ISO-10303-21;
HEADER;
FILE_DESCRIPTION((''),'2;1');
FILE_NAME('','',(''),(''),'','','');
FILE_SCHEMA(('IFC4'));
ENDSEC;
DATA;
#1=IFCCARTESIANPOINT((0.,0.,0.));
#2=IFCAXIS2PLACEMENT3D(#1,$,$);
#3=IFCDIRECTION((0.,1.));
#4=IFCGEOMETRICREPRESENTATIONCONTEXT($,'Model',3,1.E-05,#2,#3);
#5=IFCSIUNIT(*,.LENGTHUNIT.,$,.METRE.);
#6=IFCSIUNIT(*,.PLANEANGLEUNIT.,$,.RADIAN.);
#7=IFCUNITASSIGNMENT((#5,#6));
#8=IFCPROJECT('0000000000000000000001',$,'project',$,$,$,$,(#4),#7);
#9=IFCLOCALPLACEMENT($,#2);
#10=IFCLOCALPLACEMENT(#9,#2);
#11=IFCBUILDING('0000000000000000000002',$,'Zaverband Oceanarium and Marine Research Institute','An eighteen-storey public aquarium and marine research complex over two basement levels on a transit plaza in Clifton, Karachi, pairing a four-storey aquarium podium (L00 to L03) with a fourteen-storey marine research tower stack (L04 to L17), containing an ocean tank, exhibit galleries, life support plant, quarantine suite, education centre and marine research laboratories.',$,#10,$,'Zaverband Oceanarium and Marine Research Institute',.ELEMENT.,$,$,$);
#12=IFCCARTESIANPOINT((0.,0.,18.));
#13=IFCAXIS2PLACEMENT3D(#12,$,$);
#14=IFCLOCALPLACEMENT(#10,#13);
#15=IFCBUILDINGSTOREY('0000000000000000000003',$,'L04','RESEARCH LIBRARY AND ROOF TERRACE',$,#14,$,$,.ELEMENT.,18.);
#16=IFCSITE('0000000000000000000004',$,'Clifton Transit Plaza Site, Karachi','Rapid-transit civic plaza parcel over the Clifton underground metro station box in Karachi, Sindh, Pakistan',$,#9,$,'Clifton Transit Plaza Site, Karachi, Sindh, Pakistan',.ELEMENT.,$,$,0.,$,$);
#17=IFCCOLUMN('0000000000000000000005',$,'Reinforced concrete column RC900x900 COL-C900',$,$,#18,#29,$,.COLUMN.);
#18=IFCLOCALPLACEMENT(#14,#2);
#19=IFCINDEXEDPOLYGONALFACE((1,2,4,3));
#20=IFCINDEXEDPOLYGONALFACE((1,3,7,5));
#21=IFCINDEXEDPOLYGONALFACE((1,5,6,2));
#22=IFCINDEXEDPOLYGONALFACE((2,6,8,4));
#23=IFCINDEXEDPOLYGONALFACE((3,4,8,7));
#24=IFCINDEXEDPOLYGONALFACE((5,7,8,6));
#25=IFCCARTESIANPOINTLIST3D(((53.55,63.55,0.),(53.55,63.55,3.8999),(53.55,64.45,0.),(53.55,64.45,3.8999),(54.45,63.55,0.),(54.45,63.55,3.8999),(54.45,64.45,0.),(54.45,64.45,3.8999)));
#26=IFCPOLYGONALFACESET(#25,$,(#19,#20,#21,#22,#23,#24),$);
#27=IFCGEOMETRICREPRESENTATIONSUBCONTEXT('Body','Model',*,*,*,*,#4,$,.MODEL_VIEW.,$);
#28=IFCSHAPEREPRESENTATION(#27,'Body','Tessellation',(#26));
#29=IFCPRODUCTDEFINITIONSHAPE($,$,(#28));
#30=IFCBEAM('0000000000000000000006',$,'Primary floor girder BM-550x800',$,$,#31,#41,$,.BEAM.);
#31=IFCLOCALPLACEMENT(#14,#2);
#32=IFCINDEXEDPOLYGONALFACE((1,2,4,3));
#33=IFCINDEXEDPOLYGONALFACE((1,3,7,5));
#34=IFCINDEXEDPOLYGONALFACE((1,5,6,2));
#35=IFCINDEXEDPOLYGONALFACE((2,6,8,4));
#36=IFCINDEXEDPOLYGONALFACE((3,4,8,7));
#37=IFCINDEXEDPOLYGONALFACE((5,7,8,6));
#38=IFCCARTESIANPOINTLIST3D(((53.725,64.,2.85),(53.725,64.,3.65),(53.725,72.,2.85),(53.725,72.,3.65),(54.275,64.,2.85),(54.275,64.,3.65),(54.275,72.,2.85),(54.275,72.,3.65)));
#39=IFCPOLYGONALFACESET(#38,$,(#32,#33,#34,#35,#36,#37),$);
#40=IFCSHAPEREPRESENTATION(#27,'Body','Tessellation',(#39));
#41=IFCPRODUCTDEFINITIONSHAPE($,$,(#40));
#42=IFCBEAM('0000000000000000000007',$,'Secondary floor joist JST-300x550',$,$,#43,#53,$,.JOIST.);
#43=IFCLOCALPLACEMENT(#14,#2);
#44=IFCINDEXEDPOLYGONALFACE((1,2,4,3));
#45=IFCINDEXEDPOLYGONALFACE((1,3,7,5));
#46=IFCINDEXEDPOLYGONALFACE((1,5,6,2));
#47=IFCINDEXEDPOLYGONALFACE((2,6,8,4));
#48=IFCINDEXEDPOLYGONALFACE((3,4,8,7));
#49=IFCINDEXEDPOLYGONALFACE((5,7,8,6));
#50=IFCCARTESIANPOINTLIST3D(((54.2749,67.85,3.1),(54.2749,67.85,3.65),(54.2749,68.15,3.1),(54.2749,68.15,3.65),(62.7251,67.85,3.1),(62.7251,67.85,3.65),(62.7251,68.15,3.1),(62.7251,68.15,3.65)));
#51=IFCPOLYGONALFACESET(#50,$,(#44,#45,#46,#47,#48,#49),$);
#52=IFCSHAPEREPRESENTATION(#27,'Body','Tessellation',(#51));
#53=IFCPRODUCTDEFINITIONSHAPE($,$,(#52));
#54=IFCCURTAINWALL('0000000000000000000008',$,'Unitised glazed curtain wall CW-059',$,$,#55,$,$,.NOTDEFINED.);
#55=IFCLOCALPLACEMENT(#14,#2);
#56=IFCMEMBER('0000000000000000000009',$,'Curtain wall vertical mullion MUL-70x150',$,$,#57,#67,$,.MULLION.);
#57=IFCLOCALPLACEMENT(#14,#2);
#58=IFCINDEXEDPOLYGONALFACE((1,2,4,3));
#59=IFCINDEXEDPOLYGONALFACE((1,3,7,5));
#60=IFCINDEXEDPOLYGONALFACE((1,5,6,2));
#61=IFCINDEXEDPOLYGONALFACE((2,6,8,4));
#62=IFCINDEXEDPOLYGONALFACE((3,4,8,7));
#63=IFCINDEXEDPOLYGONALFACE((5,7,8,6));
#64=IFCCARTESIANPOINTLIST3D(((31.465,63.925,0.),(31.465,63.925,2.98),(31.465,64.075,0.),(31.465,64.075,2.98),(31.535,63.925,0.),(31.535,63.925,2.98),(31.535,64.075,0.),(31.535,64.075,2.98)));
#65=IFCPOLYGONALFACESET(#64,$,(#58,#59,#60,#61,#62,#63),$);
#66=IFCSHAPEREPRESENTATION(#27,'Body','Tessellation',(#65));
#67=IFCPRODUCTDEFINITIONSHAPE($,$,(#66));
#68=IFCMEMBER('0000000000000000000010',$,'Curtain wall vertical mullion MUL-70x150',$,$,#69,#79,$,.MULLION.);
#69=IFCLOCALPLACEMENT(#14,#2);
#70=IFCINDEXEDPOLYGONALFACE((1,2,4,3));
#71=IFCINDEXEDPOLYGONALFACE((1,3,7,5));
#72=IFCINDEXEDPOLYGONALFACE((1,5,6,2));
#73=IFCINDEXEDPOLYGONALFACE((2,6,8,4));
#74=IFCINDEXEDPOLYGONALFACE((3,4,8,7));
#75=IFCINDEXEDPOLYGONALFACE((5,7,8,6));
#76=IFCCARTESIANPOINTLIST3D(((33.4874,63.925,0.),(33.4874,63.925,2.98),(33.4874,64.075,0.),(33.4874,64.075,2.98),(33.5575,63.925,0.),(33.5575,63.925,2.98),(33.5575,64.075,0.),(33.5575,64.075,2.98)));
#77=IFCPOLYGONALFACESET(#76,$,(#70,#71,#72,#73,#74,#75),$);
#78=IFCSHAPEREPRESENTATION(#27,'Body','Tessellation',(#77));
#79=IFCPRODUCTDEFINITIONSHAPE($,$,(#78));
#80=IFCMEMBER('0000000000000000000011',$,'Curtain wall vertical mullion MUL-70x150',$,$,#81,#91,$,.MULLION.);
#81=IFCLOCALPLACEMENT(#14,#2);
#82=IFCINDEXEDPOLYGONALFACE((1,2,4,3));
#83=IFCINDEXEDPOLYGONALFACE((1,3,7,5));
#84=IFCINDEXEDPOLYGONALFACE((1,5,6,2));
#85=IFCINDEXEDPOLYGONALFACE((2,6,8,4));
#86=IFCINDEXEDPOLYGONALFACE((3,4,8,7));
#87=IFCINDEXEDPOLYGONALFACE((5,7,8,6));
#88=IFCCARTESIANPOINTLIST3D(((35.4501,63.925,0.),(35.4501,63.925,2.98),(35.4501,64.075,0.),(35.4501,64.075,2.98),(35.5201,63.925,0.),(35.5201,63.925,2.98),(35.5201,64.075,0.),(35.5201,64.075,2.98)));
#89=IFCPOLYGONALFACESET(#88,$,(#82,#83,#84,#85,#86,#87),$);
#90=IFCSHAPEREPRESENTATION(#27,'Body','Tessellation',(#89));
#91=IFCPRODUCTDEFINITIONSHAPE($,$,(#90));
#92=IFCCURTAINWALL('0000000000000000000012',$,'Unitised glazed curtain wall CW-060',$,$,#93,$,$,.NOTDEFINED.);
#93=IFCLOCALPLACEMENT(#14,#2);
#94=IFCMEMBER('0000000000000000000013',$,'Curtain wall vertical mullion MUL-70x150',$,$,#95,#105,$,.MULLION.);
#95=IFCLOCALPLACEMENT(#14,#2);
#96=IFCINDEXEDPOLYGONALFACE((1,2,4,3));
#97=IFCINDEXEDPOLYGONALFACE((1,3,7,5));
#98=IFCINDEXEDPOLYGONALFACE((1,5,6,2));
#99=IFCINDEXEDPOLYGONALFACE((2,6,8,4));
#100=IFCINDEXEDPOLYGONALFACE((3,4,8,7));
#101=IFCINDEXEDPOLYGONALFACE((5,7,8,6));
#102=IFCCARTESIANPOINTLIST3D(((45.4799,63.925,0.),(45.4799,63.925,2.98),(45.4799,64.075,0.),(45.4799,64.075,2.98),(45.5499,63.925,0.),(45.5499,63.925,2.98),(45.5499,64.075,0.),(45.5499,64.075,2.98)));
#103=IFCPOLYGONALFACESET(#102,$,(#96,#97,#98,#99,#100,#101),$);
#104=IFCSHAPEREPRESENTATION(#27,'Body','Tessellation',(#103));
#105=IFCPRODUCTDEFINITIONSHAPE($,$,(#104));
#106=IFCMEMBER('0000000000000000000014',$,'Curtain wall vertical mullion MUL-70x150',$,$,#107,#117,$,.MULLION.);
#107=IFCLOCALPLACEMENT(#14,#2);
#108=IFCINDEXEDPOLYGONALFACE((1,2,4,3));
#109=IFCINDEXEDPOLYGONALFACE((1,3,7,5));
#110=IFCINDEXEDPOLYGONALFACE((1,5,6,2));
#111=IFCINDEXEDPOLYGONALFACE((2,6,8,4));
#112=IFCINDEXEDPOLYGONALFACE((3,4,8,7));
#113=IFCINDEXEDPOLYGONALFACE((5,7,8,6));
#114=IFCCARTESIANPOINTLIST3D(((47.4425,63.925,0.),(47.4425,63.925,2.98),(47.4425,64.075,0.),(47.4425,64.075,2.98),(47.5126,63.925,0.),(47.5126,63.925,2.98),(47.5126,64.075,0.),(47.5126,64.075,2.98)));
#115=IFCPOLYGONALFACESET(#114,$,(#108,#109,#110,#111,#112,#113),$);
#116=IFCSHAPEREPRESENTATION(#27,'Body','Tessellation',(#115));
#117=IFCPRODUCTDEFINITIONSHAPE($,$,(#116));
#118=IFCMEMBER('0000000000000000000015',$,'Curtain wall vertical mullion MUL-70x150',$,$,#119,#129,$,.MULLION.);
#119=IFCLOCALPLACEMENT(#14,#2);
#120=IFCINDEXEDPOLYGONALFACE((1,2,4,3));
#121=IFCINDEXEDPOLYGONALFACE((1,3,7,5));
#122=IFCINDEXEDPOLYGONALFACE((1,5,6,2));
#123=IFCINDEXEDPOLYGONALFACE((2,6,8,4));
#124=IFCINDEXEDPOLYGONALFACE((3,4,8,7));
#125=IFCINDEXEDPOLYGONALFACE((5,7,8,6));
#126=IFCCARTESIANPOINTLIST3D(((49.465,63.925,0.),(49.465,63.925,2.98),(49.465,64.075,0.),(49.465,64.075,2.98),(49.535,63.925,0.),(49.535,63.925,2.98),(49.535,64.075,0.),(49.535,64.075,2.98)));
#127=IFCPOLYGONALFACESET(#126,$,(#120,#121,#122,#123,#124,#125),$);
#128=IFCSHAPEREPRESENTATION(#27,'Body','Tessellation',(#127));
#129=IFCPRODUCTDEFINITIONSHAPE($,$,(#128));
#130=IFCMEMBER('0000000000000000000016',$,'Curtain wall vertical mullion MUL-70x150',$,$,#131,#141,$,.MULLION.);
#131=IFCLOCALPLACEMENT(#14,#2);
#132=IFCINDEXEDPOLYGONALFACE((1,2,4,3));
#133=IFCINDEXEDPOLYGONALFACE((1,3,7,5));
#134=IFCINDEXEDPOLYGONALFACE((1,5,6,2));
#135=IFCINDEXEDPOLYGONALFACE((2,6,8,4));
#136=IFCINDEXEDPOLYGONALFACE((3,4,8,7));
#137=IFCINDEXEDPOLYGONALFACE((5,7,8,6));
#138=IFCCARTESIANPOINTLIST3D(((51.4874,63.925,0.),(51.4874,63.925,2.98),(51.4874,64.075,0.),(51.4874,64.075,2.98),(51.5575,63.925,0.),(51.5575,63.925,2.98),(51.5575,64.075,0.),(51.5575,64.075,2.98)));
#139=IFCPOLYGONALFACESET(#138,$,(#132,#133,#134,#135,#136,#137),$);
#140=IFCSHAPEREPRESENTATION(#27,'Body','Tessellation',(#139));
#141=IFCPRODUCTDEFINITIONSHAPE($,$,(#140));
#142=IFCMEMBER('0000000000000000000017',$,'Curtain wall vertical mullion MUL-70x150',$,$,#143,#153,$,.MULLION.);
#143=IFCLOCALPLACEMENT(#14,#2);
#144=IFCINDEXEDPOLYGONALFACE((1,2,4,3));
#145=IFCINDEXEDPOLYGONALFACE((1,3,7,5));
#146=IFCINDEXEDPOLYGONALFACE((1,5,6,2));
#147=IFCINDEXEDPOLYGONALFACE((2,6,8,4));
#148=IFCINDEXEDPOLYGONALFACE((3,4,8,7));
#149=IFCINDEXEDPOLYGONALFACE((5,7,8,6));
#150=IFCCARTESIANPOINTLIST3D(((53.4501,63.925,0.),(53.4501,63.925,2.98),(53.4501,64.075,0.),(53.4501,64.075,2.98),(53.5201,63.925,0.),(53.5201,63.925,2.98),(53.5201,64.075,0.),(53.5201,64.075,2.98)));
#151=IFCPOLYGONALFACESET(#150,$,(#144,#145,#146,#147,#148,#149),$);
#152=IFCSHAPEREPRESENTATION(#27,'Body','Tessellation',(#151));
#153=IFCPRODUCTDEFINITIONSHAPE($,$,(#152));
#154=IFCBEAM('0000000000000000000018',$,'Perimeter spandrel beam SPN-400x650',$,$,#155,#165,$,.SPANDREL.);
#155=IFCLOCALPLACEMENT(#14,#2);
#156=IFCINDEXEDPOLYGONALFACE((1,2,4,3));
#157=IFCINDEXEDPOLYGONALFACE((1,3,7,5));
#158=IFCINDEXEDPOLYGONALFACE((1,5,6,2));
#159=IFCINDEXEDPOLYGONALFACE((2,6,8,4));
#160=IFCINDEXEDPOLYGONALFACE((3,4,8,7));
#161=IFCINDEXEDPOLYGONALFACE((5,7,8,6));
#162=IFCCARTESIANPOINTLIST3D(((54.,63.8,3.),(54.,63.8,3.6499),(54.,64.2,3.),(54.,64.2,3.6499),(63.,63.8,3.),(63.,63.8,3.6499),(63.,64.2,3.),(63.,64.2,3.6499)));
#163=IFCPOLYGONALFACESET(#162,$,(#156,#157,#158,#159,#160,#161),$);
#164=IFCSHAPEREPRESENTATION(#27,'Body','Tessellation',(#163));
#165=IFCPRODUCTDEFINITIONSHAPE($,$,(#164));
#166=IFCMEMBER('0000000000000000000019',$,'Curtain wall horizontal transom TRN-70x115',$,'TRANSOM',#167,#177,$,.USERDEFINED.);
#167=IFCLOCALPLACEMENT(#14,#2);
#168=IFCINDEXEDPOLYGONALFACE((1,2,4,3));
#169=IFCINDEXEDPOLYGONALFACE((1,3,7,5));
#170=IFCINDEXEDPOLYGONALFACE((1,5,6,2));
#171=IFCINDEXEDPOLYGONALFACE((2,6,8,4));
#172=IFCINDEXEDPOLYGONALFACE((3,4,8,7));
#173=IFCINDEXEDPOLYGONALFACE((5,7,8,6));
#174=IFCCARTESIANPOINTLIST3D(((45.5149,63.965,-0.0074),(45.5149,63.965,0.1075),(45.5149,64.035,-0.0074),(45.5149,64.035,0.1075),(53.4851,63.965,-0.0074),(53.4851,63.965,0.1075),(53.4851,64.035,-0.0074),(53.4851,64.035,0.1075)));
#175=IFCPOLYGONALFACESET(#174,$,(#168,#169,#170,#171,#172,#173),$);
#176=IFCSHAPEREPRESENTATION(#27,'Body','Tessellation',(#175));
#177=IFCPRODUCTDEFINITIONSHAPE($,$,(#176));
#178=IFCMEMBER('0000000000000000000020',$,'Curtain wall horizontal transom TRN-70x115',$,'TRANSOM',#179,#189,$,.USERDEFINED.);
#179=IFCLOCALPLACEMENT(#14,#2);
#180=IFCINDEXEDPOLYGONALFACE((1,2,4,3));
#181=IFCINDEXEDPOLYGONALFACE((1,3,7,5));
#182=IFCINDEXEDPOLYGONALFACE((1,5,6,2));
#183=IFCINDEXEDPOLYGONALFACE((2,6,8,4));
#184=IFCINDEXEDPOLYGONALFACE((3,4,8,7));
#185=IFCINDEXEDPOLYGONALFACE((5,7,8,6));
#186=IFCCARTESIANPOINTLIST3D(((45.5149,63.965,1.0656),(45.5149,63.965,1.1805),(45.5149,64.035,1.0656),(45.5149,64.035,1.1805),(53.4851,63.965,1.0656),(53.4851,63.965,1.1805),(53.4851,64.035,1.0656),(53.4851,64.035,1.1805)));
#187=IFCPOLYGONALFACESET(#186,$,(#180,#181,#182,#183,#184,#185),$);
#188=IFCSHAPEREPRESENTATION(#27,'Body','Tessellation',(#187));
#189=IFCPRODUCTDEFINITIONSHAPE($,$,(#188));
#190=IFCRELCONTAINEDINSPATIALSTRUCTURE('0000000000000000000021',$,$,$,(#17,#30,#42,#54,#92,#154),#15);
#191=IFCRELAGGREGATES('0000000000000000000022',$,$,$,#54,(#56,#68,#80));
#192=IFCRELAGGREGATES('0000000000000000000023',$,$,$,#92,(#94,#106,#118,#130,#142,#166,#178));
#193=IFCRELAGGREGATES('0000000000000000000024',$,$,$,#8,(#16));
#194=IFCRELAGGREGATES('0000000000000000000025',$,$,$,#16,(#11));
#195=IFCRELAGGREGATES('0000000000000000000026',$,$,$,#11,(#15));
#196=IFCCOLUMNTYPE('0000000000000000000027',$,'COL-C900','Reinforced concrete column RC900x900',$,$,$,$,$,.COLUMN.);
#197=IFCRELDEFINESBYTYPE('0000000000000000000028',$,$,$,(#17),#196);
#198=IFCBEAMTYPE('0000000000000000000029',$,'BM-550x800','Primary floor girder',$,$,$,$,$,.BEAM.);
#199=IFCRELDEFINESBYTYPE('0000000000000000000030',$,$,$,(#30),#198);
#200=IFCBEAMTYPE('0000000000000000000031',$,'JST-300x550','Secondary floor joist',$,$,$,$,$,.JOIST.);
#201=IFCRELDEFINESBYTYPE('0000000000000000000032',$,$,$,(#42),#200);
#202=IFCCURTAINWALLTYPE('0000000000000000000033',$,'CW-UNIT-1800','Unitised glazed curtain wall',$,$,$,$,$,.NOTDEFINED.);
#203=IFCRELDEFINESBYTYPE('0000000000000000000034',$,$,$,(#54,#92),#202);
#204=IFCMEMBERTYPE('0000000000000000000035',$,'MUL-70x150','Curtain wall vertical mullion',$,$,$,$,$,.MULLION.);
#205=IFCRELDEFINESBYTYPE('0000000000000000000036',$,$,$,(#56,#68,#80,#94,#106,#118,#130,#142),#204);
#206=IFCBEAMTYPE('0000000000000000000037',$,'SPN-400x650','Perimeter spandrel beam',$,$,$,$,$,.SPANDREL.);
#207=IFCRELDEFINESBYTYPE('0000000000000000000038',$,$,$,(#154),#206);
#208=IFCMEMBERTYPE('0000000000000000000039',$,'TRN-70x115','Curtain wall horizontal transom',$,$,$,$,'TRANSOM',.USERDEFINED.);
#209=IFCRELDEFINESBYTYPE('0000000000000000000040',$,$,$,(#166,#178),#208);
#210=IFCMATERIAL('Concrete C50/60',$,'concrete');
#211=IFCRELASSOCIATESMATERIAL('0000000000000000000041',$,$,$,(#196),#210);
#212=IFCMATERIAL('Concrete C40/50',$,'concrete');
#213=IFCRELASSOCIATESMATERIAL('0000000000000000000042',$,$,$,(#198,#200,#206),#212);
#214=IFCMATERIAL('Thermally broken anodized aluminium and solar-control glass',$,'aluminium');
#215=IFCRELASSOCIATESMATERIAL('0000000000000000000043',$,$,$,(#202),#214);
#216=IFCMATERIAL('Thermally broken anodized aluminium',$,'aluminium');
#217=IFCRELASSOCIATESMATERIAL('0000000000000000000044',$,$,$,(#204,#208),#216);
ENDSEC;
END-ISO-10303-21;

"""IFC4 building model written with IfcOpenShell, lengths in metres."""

from ifc_helpers import new_model, si_unit, direction, frame, origin, origin_2d, place, context, subcontext, project, spatial, rectangle, extrude, material, material_profile, profile_set, type_object, element, aggregate, save


model = new_model("IFC4")

# Units and contexts
model_context = context("Model", 3, precision=1e-05, world=origin(), true_north=direction((0.0, 1.0)))
body_context = subcontext(model_context, "Body", "Model", "MODEL_VIEW")
ifc_project = project(units=[si_unit("LENGTHUNIT", "METRE"), si_unit("PLANEANGLEUNIT", "RADIAN")], contexts=[model_context])

# Site, building, storey
site_placement = place(None, origin())
site = spatial("IfcSite", under=ifc_project, at=site_placement, Name="Clifton Transit Plaza Site, Karachi", Description="Rapid-transit civic plaza parcel over the Clifton underground metro station box in Karachi, Sindh, Pakistan", LongName="Clifton Transit Plaza Site, Karachi, Sindh, Pakistan", CompositionType="ELEMENT", RefElevation=0.0)
building_placement = place(site_placement, origin())
building = spatial("IfcBuilding", under=site, at=building_placement, Name="Zaverband Oceanarium and Marine Research Institute", Description="An eighteen-storey public aquarium and marine research complex over two basement levels on a transit plaza in Clifton, Karachi, pairing a four-storey aquarium podium (L00 to L03) with a fourteen-storey marine research tower stack (L04 to L17), containing an ocean tank, exhibit galleries, life support plant, quarantine suite, education centre and marine research laboratories.", LongName="Zaverband Oceanarium and Marine Research Institute", CompositionType="ELEMENT")
storey_placement = place(building_placement, frame((0.0, 0.0, 18.0)))
storey = spatial("IfcBuildingStorey", under=building, at=storey_placement, Name="L04", Description="RESEARCH LIBRARY AND ROOF TERRACE", CompositionType="ELEMENT", Elevation=18.0)

# Column
ifc_material_1 = material(Name="Concrete C50/60", Category="concrete")
ifc_material_profile_1 = material_profile(ifc_material_1, rectangle(XDim=0.8999, YDim=0.8999, at=origin_2d()), Name="RC900x900")
ifc_profile_set_1 = profile_set([ifc_material_profile_1], Name="Concrete C50/60")
column_type = type_object("IfcColumnType", Name="COL-C900", Description="Reinforced concrete column RC900x900", PredefinedType="COLUMN", material=ifc_profile_set_1)
column_placement = place(storey_placement, frame((54.0, 64.0, 0.0), z_axis=(0.0, 0.0, 1.0), x_axis=(1.0, 0.0, 0.0)))
element("IfcColumn", 1, at=column_placement, inside=storey, type_object=column_type, Name="Reinforced concrete column RC900x900 COL-C900", PredefinedType="COLUMN", context=body_context, shape_type="SweptSolid", body=[
    extrude(rectangle(XDim=0.8999, YDim=0.8999, at=origin_2d()), origin(), (0.0, 0.0, 1.0), 3.8999),
])

# Beams
ifc_material_2 = material(Name="Concrete C40/50", Category="concrete")
ifc_material_profile_2 = material_profile(ifc_material_2, rectangle(XDim=0.55, YDim=0.8, at=origin_2d()), Name="RC550x800")
ifc_profile_set_2 = profile_set([ifc_material_profile_2], Name="Concrete C40/50")
beam_type_1 = type_object("IfcBeamType", Name="BM-550x800", Description="Primary floor girder", PredefinedType="BEAM", material=ifc_profile_set_2)
beam_1_placement = place(storey_placement, frame((54.0, 64.0, 3.25), z_axis=(0.0, 1.0, 0.0), x_axis=(-1.0, 0.0, 0.0)))
element("IfcBeam", 2, at=beam_1_placement, inside=storey, type_object=beam_type_1, Name="Primary floor girder BM-550x800", PredefinedType="BEAM", context=body_context, shape_type="SweptSolid", body=[
    extrude(rectangle(XDim=0.55, YDim=0.8, at=origin_2d()), origin(), (0.0, 0.0, 1.0), 8.0),
])
ifc_material_profile_3 = material_profile(ifc_material_2, rectangle(XDim=0.3, YDim=0.55, at=origin_2d()), Name="RC300x550")
ifc_profile_set_3 = profile_set([ifc_material_profile_3], Name="Concrete C40/50")
beam_type_2 = type_object("IfcBeamType", Name="JST-300x550", Description="Secondary floor joist", PredefinedType="JOIST", material=ifc_profile_set_3)
beam_2_placement = place(storey_placement, frame((54.2749, 68.0, 3.375), z_axis=(1.0, 0.0, 0.0), x_axis=(0.0, 1.0, 0.0)))
element("IfcBeam", 3, at=beam_2_placement, inside=storey, type_object=beam_type_2, Name="Secondary floor joist JST-300x550", PredefinedType="JOIST", context=body_context, shape_type="SweptSolid", body=[
    extrude(rectangle(XDim=0.3, YDim=0.55, at=origin_2d()), origin(), (0.0, 0.0, 1.0), 8.4502),
])

# Curtain walls, members
ifc_material_3 = material(Name="Thermally broken anodized aluminium and solar-control glass", Category="aluminium")
curtain_wall_type = type_object("IfcCurtainWallType", Name="CW-UNIT-1800", Description="Unitised glazed curtain wall", PredefinedType="NOTDEFINED", material=ifc_material_3)
curtain_wall_1_placement = place(storey_placement, origin())
curtain_wall_1 = element("IfcCurtainWall", 4, at=curtain_wall_1_placement, inside=storey, type_object=curtain_wall_type, Name="Unitised glazed curtain wall CW-059", PredefinedType="NOTDEFINED")
ifc_material_4 = material(Name="Thermally broken anodized aluminium", Category="aluminium")
ifc_material_profile_4 = material_profile(ifc_material_4, rectangle(XDim=0.0701, YDim=0.1499, at=origin_2d()), Name="AL-MUL-70x150")
ifc_profile_set_4 = profile_set([ifc_material_profile_4], Name="Thermally broken anodized aluminium")
member_type_1 = type_object("IfcMemberType", Name="MUL-70x150", Description="Curtain wall vertical mullion", PredefinedType="MULLION", material=ifc_profile_set_4)
member_1_placement = place(storey_placement, frame((31.5, 64.0, 0.0), z_axis=(0.0, 0.0, 1.0), x_axis=(1.0, 0.0, 0.0)))
member_1 = element("IfcMember", 5, at=member_1_placement, type_object=member_type_1, Name="Curtain wall vertical mullion MUL-70x150", PredefinedType="MULLION", context=body_context, shape_type="SweptSolid", body=[
    extrude(rectangle(XDim=0.0701, YDim=0.1499, at=origin_2d()), origin(), (0.0, 0.0, 1.0), 2.98),
])
member_2_placement = place(storey_placement, frame((33.5225, 64.0, 0.0), z_axis=(0.0, 0.0, 1.0), x_axis=(1.0, 0.0, 0.0)))
member_2 = element("IfcMember", 6, at=member_2_placement, type_object=member_type_1, Name="Curtain wall vertical mullion MUL-70x150", PredefinedType="MULLION", context=body_context, shape_type="SweptSolid", body=[
    extrude(rectangle(XDim=0.0701, YDim=0.1499, at=origin_2d()), origin(), (0.0, 0.0, 1.0), 2.98),
])
member_3_placement = place(storey_placement, frame((35.4851, 64.0, 0.0), z_axis=(0.0, 0.0, 1.0), x_axis=(1.0, 0.0, 0.0)))
member_3 = element("IfcMember", 7, at=member_3_placement, type_object=member_type_1, Name="Curtain wall vertical mullion MUL-70x150", PredefinedType="MULLION", context=body_context, shape_type="SweptSolid", body=[
    extrude(rectangle(XDim=0.0701, YDim=0.1499, at=origin_2d()), origin(), (0.0, 0.0, 1.0), 2.98),
])
curtain_wall_2_placement = place(storey_placement, origin())
curtain_wall_2 = element("IfcCurtainWall", 8, at=curtain_wall_2_placement, inside=storey, type_object=curtain_wall_type, Name="Unitised glazed curtain wall CW-060", PredefinedType="NOTDEFINED")
member_4_placement = place(storey_placement, frame((45.5149, 64.0, 0.0), z_axis=(0.0, 0.0, 1.0), x_axis=(1.0, 0.0, 0.0)))
member_4 = element("IfcMember", 9, at=member_4_placement, type_object=member_type_1, Name="Curtain wall vertical mullion MUL-70x150", PredefinedType="MULLION", context=body_context, shape_type="SweptSolid", body=[
    extrude(rectangle(XDim=0.0701, YDim=0.1499, at=origin_2d()), origin(), (0.0, 0.0, 1.0), 2.98),
])
member_5_placement = place(storey_placement, frame((47.4775, 64.0, 0.0), z_axis=(0.0, 0.0, 1.0), x_axis=(1.0, 0.0, 0.0)))
member_5 = element("IfcMember", 10, at=member_5_placement, type_object=member_type_1, Name="Curtain wall vertical mullion MUL-70x150", PredefinedType="MULLION", context=body_context, shape_type="SweptSolid", body=[
    extrude(rectangle(XDim=0.0701, YDim=0.1499, at=origin_2d()), origin(), (0.0, 0.0, 1.0), 2.98),
])
member_6_placement = place(storey_placement, frame((49.5, 64.0, 0.0), z_axis=(0.0, 0.0, 1.0), x_axis=(1.0, 0.0, 0.0)))
member_6 = element("IfcMember", 11, at=member_6_placement, type_object=member_type_1, Name="Curtain wall vertical mullion MUL-70x150", PredefinedType="MULLION", context=body_context, shape_type="SweptSolid", body=[
    extrude(rectangle(XDim=0.0701, YDim=0.1499, at=origin_2d()), origin(), (0.0, 0.0, 1.0), 2.98),
])
member_7_placement = place(storey_placement, frame((51.5225, 64.0, 0.0), z_axis=(0.0, 0.0, 1.0), x_axis=(1.0, 0.0, 0.0)))
member_7 = element("IfcMember", 12, at=member_7_placement, type_object=member_type_1, Name="Curtain wall vertical mullion MUL-70x150", PredefinedType="MULLION", context=body_context, shape_type="SweptSolid", body=[
    extrude(rectangle(XDim=0.0701, YDim=0.1499, at=origin_2d()), origin(), (0.0, 0.0, 1.0), 2.98),
])
member_8_placement = place(storey_placement, frame((53.4851, 64.0, 0.0), z_axis=(0.0, 0.0, 1.0), x_axis=(1.0, 0.0, 0.0)))
member_8 = element("IfcMember", 13, at=member_8_placement, type_object=member_type_1, Name="Curtain wall vertical mullion MUL-70x150", PredefinedType="MULLION", context=body_context, shape_type="SweptSolid", body=[
    extrude(rectangle(XDim=0.0701, YDim=0.1499, at=origin_2d()), origin(), (0.0, 0.0, 1.0), 2.98),
])

# Beam
ifc_material_profile_5 = material_profile(ifc_material_2, rectangle(XDim=0.3999, YDim=0.6499, at=origin_2d()), Name="RC400x650")
ifc_profile_set_5 = profile_set([ifc_material_profile_5], Name="Concrete C40/50")
beam_type_3 = type_object("IfcBeamType", Name="SPN-400x650", Description="Perimeter spandrel beam", PredefinedType="SPANDREL", material=ifc_profile_set_5)
beam_3_placement = place(storey_placement, frame((54.0, 64.0, 3.325), z_axis=(1.0, 0.0, 0.0), x_axis=(0.0, 1.0, 0.0)))
element("IfcBeam", 14, at=beam_3_placement, inside=storey, type_object=beam_type_3, Name="Perimeter spandrel beam SPN-400x650", PredefinedType="SPANDREL", context=body_context, shape_type="SweptSolid", body=[
    extrude(rectangle(XDim=0.3999, YDim=0.6499, at=origin_2d()), origin(), (0.0, 0.0, 1.0), 9.0),
])

# Members
ifc_material_profile_6 = material_profile(ifc_material_4, rectangle(XDim=0.0701, YDim=0.115, at=origin_2d()), Name="AL-TRN-70x115")
ifc_profile_set_6 = profile_set([ifc_material_profile_6], Name="Thermally broken anodized aluminium")
member_type_2 = type_object("IfcMemberType", Name="TRN-70x115", Description="Curtain wall horizontal transom", ElementType="TRANSOM", PredefinedType="USERDEFINED", material=ifc_profile_set_6)
member_9_placement = place(storey_placement, frame((45.5149, 64.0, 0.05), z_axis=(1.0, 0.0, 0.0), x_axis=(0.0, 1.0, 0.0)))
member_9 = element("IfcMember", 15, at=member_9_placement, type_object=member_type_2, Name="Curtain wall horizontal transom TRN-70x115", ObjectType="TRANSOM", PredefinedType="USERDEFINED", context=body_context, shape_type="SweptSolid", body=[
    extrude(rectangle(XDim=0.0701, YDim=0.115, at=origin_2d()), origin(), (0.0, 0.0, 1.0), 7.9702),
])
member_10_placement = place(storey_placement, frame((45.5149, 64.0, 1.123), z_axis=(1.0, 0.0, 0.0), x_axis=(0.0, 1.0, 0.0)))
member_10 = element("IfcMember", 16, at=member_10_placement, type_object=member_type_2, Name="Curtain wall horizontal transom TRN-70x115", ObjectType="TRANSOM", PredefinedType="USERDEFINED", context=body_context, shape_type="SweptSolid", body=[
    extrude(rectangle(XDim=0.0701, YDim=0.115, at=origin_2d()), origin(), (0.0, 0.0, 1.0), 7.9702),
])

aggregate(curtain_wall_1, [member_1, member_2, member_3])
aggregate(curtain_wall_2, [member_4, member_5, member_6, member_7, member_8, member_9, member_10])

save(model, "model.ifc")
